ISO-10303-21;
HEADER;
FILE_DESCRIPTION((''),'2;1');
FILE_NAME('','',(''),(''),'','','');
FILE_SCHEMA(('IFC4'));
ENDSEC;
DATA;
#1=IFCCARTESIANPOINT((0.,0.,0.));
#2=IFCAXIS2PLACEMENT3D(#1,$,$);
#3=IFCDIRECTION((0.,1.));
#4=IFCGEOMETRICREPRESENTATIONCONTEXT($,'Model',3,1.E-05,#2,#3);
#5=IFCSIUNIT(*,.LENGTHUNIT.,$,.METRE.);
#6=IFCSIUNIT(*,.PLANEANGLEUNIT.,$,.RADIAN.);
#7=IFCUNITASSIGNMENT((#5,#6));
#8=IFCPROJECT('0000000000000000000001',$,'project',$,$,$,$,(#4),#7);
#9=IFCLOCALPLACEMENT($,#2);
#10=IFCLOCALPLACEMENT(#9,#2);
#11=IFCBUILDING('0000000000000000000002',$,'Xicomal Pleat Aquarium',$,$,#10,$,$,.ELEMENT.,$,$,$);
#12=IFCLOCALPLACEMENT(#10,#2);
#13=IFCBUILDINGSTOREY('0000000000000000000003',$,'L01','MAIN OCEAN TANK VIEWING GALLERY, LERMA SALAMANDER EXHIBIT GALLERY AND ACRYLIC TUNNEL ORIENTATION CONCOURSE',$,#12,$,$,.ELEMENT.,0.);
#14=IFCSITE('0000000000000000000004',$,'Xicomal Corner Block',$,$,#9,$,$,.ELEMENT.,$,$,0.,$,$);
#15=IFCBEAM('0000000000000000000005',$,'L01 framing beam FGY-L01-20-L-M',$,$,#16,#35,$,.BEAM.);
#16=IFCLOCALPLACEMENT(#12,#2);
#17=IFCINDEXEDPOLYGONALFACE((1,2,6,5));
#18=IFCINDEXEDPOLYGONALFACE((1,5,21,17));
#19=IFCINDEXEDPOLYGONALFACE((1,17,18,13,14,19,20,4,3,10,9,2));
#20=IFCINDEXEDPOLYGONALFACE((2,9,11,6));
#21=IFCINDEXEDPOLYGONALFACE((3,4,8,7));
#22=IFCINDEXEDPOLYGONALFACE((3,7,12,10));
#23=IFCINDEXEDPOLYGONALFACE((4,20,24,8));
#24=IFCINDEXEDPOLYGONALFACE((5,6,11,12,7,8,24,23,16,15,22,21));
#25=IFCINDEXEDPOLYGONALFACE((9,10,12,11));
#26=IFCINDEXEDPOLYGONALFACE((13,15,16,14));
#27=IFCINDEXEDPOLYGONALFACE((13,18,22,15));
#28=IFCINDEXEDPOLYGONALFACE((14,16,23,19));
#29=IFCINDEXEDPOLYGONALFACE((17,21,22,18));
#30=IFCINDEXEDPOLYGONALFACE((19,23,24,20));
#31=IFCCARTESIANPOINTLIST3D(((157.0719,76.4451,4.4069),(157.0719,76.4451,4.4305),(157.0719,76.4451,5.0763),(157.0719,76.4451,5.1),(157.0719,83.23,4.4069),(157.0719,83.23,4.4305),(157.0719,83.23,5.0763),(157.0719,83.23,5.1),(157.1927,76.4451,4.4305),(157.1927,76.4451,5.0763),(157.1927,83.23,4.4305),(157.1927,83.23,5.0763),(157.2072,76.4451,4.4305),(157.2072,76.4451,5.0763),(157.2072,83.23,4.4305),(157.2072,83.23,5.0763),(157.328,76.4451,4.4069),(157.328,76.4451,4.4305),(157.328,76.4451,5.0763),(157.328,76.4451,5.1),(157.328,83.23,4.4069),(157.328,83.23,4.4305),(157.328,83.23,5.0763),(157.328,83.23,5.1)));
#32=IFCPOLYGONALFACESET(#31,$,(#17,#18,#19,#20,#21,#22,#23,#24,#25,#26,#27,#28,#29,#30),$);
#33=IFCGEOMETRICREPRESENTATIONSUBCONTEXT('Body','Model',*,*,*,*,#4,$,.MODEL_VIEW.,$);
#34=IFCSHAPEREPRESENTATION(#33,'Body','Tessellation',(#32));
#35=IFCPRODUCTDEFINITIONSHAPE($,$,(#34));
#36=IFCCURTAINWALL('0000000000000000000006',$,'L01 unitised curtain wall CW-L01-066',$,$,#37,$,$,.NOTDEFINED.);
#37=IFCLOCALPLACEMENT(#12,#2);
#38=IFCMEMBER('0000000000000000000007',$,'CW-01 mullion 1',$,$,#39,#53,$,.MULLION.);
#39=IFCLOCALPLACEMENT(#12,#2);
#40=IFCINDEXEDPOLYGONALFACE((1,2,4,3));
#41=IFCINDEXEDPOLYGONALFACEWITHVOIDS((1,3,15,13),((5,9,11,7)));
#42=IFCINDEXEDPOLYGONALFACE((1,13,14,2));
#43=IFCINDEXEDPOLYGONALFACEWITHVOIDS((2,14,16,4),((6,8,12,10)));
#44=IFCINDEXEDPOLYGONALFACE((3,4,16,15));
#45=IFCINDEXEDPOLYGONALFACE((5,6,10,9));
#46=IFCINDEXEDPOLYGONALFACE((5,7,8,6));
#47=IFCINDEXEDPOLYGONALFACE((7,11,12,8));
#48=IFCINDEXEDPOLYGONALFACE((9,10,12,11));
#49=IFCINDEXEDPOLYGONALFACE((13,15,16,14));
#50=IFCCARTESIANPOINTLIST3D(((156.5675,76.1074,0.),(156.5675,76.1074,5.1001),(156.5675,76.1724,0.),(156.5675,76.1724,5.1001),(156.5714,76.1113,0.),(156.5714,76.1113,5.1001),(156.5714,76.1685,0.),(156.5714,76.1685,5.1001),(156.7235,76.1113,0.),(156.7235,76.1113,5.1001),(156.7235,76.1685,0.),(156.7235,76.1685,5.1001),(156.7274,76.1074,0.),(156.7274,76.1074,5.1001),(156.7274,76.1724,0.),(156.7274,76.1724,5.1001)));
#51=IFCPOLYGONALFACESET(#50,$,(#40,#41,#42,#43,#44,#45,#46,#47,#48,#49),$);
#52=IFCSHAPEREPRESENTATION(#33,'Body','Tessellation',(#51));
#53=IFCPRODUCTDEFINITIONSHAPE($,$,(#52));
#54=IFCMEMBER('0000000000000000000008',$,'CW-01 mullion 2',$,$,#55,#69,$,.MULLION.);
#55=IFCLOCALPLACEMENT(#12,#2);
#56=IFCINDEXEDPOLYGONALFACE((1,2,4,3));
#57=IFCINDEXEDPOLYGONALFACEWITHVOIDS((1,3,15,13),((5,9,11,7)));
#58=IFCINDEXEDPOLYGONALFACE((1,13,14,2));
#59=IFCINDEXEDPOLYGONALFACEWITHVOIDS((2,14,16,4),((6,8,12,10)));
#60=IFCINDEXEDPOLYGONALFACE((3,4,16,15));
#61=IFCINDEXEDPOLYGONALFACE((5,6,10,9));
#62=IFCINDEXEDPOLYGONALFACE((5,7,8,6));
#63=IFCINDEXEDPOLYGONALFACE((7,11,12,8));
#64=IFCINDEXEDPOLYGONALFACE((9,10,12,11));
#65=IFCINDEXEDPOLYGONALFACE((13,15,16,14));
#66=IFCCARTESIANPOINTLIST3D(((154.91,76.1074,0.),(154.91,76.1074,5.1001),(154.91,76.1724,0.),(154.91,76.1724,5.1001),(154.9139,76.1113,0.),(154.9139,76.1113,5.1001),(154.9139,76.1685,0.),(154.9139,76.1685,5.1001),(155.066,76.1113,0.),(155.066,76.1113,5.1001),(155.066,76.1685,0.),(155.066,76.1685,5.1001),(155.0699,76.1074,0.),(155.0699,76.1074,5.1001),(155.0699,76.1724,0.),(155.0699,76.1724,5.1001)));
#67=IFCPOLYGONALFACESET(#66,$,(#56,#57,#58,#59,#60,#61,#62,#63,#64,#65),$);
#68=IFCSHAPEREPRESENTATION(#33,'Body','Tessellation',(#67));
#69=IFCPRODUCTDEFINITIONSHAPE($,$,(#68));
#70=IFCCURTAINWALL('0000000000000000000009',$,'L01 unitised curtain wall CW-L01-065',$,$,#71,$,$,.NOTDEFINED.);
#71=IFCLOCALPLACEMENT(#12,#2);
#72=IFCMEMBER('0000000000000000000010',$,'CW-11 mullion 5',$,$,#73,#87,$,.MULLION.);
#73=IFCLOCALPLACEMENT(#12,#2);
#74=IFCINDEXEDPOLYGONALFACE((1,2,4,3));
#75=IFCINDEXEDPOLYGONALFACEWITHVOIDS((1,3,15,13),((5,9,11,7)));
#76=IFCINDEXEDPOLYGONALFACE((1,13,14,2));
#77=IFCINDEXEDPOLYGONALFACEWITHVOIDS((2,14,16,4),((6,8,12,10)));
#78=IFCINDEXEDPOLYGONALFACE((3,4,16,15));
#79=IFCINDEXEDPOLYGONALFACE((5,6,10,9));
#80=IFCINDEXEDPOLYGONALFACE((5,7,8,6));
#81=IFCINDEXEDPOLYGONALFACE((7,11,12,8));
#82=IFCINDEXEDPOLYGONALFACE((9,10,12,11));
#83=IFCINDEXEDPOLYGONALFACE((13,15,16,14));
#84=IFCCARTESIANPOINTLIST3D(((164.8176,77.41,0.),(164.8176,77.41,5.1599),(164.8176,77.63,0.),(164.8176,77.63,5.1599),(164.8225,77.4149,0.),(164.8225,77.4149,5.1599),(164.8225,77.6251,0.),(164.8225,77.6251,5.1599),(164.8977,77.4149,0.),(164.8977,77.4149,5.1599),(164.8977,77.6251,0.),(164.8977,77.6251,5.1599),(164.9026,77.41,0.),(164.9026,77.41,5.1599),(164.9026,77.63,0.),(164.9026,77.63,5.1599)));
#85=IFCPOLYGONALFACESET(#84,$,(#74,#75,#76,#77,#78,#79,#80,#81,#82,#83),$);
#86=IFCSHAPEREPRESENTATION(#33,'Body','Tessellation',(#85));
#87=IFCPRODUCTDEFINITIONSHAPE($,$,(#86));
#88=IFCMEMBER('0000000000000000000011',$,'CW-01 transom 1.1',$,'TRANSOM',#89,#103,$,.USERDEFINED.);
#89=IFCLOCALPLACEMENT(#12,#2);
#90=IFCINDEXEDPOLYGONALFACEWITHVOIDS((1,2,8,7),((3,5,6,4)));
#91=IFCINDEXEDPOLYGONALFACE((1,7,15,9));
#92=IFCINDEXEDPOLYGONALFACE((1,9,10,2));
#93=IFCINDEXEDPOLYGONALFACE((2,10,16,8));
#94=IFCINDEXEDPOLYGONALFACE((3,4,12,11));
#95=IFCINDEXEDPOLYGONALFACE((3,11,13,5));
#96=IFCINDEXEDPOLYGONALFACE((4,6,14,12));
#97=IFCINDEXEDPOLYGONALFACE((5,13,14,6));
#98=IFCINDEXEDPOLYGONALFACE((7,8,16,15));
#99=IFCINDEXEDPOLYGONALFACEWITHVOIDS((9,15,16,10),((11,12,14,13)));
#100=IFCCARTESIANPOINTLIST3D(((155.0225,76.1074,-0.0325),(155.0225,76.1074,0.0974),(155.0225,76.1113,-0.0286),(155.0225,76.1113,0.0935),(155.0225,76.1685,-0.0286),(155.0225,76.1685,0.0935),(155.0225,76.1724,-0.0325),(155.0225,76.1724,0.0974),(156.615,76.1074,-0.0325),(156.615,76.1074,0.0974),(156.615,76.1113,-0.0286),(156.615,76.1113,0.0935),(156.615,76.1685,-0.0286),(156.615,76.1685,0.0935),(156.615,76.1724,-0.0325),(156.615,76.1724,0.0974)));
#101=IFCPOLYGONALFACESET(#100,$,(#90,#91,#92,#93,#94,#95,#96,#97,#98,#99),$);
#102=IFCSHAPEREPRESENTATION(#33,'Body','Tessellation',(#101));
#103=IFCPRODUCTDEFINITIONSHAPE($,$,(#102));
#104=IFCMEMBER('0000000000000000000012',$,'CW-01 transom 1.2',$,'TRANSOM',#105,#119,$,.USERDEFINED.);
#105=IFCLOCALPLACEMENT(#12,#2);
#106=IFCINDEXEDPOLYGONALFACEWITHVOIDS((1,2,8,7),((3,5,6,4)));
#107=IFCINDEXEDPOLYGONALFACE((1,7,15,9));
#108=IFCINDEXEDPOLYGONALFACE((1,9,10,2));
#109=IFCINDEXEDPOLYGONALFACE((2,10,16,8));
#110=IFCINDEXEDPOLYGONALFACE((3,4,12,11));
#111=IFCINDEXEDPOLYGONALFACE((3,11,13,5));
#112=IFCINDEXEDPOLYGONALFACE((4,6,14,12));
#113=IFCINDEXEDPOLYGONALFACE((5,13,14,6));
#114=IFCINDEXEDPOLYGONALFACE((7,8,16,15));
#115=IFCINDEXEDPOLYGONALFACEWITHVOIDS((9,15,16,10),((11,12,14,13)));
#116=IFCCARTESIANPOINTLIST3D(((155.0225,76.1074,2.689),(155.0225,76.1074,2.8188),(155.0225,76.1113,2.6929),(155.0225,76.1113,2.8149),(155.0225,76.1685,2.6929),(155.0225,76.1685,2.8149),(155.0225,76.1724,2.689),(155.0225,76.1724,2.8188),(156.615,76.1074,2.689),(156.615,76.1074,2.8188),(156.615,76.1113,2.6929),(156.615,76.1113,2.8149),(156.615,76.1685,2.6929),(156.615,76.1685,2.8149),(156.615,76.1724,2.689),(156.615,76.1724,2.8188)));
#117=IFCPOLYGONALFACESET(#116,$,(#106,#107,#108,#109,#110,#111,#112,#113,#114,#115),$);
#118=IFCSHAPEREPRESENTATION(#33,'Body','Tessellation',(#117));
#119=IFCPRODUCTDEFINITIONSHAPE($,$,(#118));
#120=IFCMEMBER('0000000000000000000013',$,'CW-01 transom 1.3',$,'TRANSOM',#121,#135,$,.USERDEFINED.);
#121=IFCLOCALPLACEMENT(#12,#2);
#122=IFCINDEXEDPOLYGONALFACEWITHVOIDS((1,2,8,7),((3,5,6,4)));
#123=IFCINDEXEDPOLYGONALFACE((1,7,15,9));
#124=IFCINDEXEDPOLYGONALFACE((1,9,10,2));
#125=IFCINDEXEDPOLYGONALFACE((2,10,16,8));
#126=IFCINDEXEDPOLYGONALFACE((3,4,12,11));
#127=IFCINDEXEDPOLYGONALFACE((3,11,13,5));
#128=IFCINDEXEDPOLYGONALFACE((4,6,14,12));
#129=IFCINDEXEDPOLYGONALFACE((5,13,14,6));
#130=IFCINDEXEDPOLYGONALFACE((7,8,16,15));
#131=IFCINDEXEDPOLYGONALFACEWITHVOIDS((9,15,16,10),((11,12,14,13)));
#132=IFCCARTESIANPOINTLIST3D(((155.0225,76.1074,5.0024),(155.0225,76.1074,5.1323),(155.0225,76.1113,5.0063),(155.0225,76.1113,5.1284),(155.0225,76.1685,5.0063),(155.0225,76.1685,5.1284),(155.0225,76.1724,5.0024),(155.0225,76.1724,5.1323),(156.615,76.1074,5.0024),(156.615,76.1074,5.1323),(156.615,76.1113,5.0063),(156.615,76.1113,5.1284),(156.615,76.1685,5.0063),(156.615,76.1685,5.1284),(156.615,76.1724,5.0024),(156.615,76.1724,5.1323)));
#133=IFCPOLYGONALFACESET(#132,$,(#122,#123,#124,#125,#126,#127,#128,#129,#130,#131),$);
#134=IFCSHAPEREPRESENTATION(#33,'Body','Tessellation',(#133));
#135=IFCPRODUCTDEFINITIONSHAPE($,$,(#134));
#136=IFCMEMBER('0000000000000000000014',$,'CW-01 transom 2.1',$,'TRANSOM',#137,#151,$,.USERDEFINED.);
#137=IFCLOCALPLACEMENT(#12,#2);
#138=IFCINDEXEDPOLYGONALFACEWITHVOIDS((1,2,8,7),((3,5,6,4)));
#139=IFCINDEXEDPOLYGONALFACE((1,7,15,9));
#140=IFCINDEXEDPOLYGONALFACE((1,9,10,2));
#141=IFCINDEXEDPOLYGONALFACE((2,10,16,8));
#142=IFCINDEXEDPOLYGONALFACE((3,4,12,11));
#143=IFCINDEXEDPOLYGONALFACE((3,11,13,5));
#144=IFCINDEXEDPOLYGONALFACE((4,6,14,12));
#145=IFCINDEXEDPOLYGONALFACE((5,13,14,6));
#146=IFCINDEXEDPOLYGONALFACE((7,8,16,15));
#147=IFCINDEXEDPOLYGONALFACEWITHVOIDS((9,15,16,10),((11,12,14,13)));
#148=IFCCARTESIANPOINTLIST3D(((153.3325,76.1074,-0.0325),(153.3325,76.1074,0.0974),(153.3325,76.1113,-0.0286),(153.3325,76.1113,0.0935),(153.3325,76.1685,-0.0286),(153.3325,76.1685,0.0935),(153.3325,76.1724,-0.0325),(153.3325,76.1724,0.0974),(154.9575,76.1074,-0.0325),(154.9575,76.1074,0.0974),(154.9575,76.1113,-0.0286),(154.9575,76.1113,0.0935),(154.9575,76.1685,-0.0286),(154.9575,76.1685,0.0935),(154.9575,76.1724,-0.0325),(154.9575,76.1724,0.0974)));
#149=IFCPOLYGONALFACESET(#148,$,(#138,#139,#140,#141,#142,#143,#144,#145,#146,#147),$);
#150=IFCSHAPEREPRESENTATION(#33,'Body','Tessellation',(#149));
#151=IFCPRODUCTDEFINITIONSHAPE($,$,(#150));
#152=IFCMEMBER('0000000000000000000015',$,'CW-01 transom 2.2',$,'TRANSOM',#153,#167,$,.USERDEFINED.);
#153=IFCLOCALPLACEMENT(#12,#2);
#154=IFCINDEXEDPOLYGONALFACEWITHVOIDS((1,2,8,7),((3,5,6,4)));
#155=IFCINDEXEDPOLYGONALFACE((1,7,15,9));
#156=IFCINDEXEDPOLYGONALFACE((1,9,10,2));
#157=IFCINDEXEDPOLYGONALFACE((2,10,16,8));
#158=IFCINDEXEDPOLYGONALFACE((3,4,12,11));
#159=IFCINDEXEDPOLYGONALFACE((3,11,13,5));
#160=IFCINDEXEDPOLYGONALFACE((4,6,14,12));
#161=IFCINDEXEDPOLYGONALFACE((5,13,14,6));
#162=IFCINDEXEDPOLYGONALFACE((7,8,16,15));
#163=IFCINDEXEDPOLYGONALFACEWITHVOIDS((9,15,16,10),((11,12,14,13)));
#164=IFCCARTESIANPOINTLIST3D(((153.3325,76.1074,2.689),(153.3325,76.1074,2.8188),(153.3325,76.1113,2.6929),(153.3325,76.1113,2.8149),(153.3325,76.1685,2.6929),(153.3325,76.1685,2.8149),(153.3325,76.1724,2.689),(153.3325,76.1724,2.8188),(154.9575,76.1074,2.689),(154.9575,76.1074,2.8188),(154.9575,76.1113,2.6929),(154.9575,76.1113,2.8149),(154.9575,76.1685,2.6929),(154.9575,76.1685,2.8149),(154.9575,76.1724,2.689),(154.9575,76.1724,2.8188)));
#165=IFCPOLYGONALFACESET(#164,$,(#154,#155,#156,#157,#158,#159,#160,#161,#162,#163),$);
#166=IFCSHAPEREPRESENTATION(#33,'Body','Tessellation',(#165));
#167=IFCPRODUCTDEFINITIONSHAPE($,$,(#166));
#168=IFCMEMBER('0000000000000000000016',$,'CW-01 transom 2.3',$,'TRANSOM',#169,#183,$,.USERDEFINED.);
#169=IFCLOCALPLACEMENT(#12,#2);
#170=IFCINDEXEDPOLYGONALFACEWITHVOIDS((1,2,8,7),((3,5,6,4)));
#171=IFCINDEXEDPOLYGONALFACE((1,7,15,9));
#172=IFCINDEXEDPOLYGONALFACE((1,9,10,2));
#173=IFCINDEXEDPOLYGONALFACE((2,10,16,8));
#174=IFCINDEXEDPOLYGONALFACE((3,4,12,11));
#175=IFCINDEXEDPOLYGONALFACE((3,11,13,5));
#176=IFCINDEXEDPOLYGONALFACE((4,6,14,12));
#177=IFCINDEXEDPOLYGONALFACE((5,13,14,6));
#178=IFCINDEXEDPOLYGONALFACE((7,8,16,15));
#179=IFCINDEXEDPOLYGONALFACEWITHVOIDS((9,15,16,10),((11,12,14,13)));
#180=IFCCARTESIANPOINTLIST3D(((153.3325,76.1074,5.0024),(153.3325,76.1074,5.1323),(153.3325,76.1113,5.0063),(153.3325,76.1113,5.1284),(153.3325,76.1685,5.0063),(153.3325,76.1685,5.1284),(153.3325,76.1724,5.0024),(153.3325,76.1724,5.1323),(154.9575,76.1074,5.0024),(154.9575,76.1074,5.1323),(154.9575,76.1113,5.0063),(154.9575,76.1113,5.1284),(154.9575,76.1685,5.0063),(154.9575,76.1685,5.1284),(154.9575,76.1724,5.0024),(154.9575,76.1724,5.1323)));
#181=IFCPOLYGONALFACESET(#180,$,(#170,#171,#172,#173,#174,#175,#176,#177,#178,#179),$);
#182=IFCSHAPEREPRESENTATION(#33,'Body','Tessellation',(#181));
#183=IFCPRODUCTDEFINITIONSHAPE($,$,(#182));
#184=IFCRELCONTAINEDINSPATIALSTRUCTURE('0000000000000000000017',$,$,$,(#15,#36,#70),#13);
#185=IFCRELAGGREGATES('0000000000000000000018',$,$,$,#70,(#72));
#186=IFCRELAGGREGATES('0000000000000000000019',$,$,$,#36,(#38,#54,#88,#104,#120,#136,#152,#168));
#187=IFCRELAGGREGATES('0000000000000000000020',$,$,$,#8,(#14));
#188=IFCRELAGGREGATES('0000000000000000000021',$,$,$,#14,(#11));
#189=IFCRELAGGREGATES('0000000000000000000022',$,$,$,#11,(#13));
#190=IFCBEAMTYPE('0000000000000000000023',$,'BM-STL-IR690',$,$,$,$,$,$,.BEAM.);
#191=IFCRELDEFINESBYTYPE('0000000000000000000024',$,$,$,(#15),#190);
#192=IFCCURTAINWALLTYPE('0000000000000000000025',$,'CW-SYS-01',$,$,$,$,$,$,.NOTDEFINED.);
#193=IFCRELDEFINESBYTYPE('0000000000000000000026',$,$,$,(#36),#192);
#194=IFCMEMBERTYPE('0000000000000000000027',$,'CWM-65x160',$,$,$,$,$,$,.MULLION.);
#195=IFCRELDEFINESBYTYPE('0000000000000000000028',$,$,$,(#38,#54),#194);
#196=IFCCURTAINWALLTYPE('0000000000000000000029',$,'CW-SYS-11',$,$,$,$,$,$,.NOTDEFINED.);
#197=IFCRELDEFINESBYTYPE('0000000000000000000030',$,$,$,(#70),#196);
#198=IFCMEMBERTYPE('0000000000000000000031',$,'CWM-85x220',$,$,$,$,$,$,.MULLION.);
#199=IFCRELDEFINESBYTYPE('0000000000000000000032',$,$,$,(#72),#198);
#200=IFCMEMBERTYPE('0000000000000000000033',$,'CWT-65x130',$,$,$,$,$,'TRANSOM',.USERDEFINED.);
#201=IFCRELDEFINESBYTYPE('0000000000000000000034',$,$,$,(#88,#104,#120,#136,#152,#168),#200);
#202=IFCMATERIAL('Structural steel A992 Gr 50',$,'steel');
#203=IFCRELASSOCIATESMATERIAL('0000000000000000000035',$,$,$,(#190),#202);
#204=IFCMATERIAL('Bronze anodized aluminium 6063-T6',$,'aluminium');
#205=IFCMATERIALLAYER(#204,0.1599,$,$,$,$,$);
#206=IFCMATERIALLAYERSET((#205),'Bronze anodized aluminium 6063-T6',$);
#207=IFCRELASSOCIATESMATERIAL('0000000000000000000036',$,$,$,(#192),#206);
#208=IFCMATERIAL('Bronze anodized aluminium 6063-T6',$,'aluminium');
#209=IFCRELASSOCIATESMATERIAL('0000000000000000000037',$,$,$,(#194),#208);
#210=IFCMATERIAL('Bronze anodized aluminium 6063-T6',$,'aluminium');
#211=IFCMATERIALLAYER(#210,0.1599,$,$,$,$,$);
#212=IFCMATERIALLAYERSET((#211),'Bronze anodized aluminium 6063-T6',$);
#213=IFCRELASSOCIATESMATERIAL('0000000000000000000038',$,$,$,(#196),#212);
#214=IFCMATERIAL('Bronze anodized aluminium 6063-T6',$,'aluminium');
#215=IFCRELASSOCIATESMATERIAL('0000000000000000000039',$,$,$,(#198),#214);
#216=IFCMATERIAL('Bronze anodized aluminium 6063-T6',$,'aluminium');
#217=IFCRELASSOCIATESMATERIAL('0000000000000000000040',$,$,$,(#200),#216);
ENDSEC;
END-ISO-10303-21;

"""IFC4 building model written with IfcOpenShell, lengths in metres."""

from ifc_helpers import new_model, si_unit, direction, frame, origin, origin_2d, place, context, subcontext, project, spatial, hollow_rectangle, i_section, extrude, material, layer, layer_set, material_profile, profile_set, type_object, element, aggregate, save


model = new_model("IFC4")

# Units and contexts
model_context = context("Model", 3, precision=1e-05, world=origin(), true_north=direction((0.0, 1.0)))
body_context = subcontext(model_context, "Body", "Model", "MODEL_VIEW")
ifc_project = project(units=[si_unit("LENGTHUNIT", "METRE"), si_unit("PLANEANGLEUNIT", "RADIAN")], contexts=[model_context])

# Site, building, storey
site_placement = place(None, origin())
site = spatial("IfcSite", under=ifc_project, at=site_placement, Name="Xicomal Corner Block", CompositionType="ELEMENT", RefElevation=0.0)
building_placement = place(site_placement, origin())
building = spatial("IfcBuilding", under=site, at=building_placement, Name="Xicomal Pleat Aquarium", CompositionType="ELEMENT")
storey_placement = place(building_placement, origin())
storey = spatial("IfcBuildingStorey", under=building, at=storey_placement, Name="L01", Description="MAIN OCEAN TANK VIEWING GALLERY, LERMA SALAMANDER EXHIBIT GALLERY AND ACRYLIC TUNNEL ORIENTATION CONCOURSE", CompositionType="ELEMENT", Elevation=0.0)

# Beam
ifc_material_1 = material(Name="Structural steel A992 Gr 50", Category="steel")
ifc_material_profile_1 = material_profile(ifc_material_1, i_section(OverallWidth=0.2561, OverallDepth=0.6931, WebThickness=0.0144, FlangeThickness=0.0237, at=origin_2d()), Name="IR 690x170")
ifc_profile_set_1 = profile_set([ifc_material_profile_1], Name="Structural steel A992 Gr 50")
beam_type = type_object("IfcBeamType", Name="BM-STL-IR690", PredefinedType="BEAM", material=ifc_profile_set_1)
beam_placement = place(storey_placement, frame((157.2, 76.4451, 4.7534), z_axis=(0.0, 1.0, 0.0), x_axis=(-1.0, 0.0, 0.0)))
element("IfcBeam", 1, at=beam_placement, inside=storey, type_object=beam_type, Name="L01 framing beam FGY-L01-20-L-M", PredefinedType="BEAM", context=body_context, shape_type="SweptSolid", body=[
    extrude(i_section(OverallWidth=0.2561, OverallDepth=0.6931, WebThickness=0.0144, FlangeThickness=0.0237, at=origin_2d()), origin(), (0.0, 0.0, 1.0), 6.7849),
])

# Curtain wall, members
ifc_material_2 = material(Name="Bronze anodized aluminium 6063-T6", Category="aluminium")
ifc_layer_1 = layer(ifc_material_2, 0.1599)
ifc_layer_set_1 = layer_set([ifc_layer_1], Name="Bronze anodized aluminium 6063-T6")
curtain_wall_type_1 = type_object("IfcCurtainWallType", Name="CW-SYS-01", PredefinedType="NOTDEFINED", material=ifc_layer_set_1)
curtain_wall_1_placement = place(storey_placement, origin())
curtain_wall_1 = element("IfcCurtainWall", 2, at=curtain_wall_1_placement, inside=storey, type_object=curtain_wall_type_1, Name="L01 unitised curtain wall CW-L01-066", PredefinedType="NOTDEFINED")
ifc_material_3 = material(Name="Bronze anodized aluminium 6063-T6", Category="aluminium")
ifc_material_profile_2 = material_profile(ifc_material_3, hollow_rectangle(XDim=0.0649, YDim=0.1599, WallThickness=0.0039, at=origin_2d()), Name="ALU MULL 65x160")
ifc_profile_set_2 = profile_set([ifc_material_profile_2], Name="Bronze anodized aluminium 6063-T6")
member_type_1 = type_object("IfcMemberType", Name="CWM-65x160", PredefinedType="MULLION", material=ifc_profile_set_2)
member_1_placement = place(storey_placement, frame((156.6475, 76.1399, 0.0), z_axis=(0.0, 0.0, 1.0), x_axis=(0.0, -1.0, 0.0)))
member_1 = element("IfcMember", 3, at=member_1_placement, type_object=member_type_1, Name="CW-01 mullion 1", PredefinedType="MULLION", context=body_context, shape_type="SweptSolid", body=[
    extrude(hollow_rectangle(XDim=0.0649, YDim=0.1599, WallThickness=0.0039, at=origin_2d()), origin(), (0.0, 0.0, 1.0), 5.1001),
])
member_2_placement = place(storey_placement, frame((154.99, 76.1399, 0.0), z_axis=(0.0, 0.0, 1.0), x_axis=(0.0, -1.0, 0.0)))
member_2 = element("IfcMember", 4, at=member_2_placement, type_object=member_type_1, Name="CW-01 mullion 2", PredefinedType="MULLION", context=body_context, shape_type="SweptSolid", body=[
    extrude(hollow_rectangle(XDim=0.0649, YDim=0.1599, WallThickness=0.0039, at=origin_2d()), origin(), (0.0, 0.0, 1.0), 5.1001),
])

# Curtain wall, member
ifc_material_4 = material(Name="Bronze anodized aluminium 6063-T6", Category="aluminium")
ifc_layer_2 = layer(ifc_material_4, 0.1599)
ifc_layer_set_2 = layer_set([ifc_layer_2], Name="Bronze anodized aluminium 6063-T6")
curtain_wall_type_2 = type_object("IfcCurtainWallType", Name="CW-SYS-11", PredefinedType="NOTDEFINED", material=ifc_layer_set_2)
curtain_wall_2_placement = place(storey_placement, origin())
curtain_wall_2 = element("IfcCurtainWall", 5, at=curtain_wall_2_placement, inside=storey, type_object=curtain_wall_type_2, Name="L01 unitised curtain wall CW-L01-065", PredefinedType="NOTDEFINED")
ifc_material_5 = material(Name="Bronze anodized aluminium 6063-T6", Category="aluminium")
ifc_material_profile_3 = material_profile(ifc_material_5, hollow_rectangle(XDim=0.085, YDim=0.22, WallThickness=0.0049, at=origin_2d()), Name="ALU MULL 85x220")
ifc_profile_set_3 = profile_set([ifc_material_profile_3], Name="Bronze anodized aluminium 6063-T6")
member_type_2 = type_object("IfcMemberType", Name="CWM-85x220", PredefinedType="MULLION", material=ifc_profile_set_3)
member_3_placement = place(storey_placement, frame((164.8601, 77.52, 0.0), z_axis=(0.0, 0.0, 1.0), x_axis=(1.0, 0.0, 0.0)))
member_3 = element("IfcMember", 6, at=member_3_placement, type_object=member_type_2, Name="CW-11 mullion 5", PredefinedType="MULLION", context=body_context, shape_type="SweptSolid", body=[
    extrude(hollow_rectangle(XDim=0.085, YDim=0.22, WallThickness=0.0049, at=origin_2d()), origin(), (0.0, 0.0, 1.0), 5.1599),
])

# Members
ifc_material_6 = material(Name="Bronze anodized aluminium 6063-T6", Category="aluminium")
ifc_material_profile_4 = material_profile(ifc_material_6, hollow_rectangle(XDim=0.0649, YDim=0.1299, WallThickness=0.0039, at=origin_2d()), Name="ALU TRAN 65x130")
ifc_profile_set_4 = profile_set([ifc_material_profile_4], Name="Bronze anodized aluminium 6063-T6")
member_type_3 = type_object("IfcMemberType", Name="CWT-65x130", ElementType="TRANSOM", PredefinedType="USERDEFINED", material=ifc_profile_set_4)
member_4_placement = place(storey_placement, frame((156.615, 76.1399, 0.0325), z_axis=(-1.0, 0.0, 0.0), x_axis=(0.0, -1.0, 0.0)))
member_4 = element("IfcMember", 7, at=member_4_placement, type_object=member_type_3, Name="CW-01 transom 1.1", ObjectType="TRANSOM", PredefinedType="USERDEFINED", context=body_context, shape_type="SweptSolid", body=[
    extrude(hollow_rectangle(XDim=0.0649, YDim=0.1299, WallThickness=0.0039, at=origin_2d()), origin(), (0.0, 0.0, 1.0), 1.5925),
])
member_5_placement = place(storey_placement, frame((156.615, 76.1399, 2.7539), z_axis=(-1.0, 0.0, 0.0), x_axis=(0.0, -1.0, 0.0)))
member_5 = element("IfcMember", 8, at=member_5_placement, type_object=member_type_3, Name="CW-01 transom 1.2", ObjectType="TRANSOM", PredefinedType="USERDEFINED", context=body_context, shape_type="SweptSolid", body=[
    extrude(hollow_rectangle(XDim=0.0649, YDim=0.1299, WallThickness=0.0039, at=origin_2d()), origin(), (0.0, 0.0, 1.0), 1.5925),
])
member_6_placement = place(storey_placement, frame((156.615, 76.1399, 5.0674), z_axis=(-1.0, 0.0, 0.0), x_axis=(0.0, -1.0, 0.0)))
member_6 = element("IfcMember", 9, at=member_6_placement, type_object=member_type_3, Name="CW-01 transom 1.3", ObjectType="TRANSOM", PredefinedType="USERDEFINED", context=body_context, shape_type="SweptSolid", body=[
    extrude(hollow_rectangle(XDim=0.0649, YDim=0.1299, WallThickness=0.0039, at=origin_2d()), origin(), (0.0, 0.0, 1.0), 1.5925),
])
member_7_placement = place(storey_placement, frame((154.9575, 76.1399, 0.0325), z_axis=(-1.0, 0.0, 0.0), x_axis=(0.0, -1.0, 0.0)))
member_7 = element("IfcMember", 10, at=member_7_placement, type_object=member_type_3, Name="CW-01 transom 2.1", ObjectType="TRANSOM", PredefinedType="USERDEFINED", context=body_context, shape_type="SweptSolid", body=[
    extrude(hollow_rectangle(XDim=0.0649, YDim=0.1299, WallThickness=0.0039, at=origin_2d()), origin(), (0.0, 0.0, 1.0), 1.625),
])
member_8_placement = place(storey_placement, frame((154.9575, 76.1399, 2.7539), z_axis=(-1.0, 0.0, 0.0), x_axis=(0.0, -1.0, 0.0)))
member_8 = element("IfcMember", 11, at=member_8_placement, type_object=member_type_3, Name="CW-01 transom 2.2", ObjectType="TRANSOM", PredefinedType="USERDEFINED", context=body_context, shape_type="SweptSolid", body=[
    extrude(hollow_rectangle(XDim=0.0649, YDim=0.1299, WallThickness=0.0039, at=origin_2d()), origin(), (0.0, 0.0, 1.0), 1.625),
])
member_9_placement = place(storey_placement, frame((154.9575, 76.1399, 5.0674), z_axis=(-1.0, 0.0, 0.0), x_axis=(0.0, -1.0, 0.0)))
member_9 = element("IfcMember", 12, at=member_9_placement, type_object=member_type_3, Name="CW-01 transom 2.3", ObjectType="TRANSOM", PredefinedType="USERDEFINED", context=body_context, shape_type="SweptSolid", body=[
    extrude(hollow_rectangle(XDim=0.0649, YDim=0.1299, WallThickness=0.0039, at=origin_2d()), origin(), (0.0, 0.0, 1.0), 1.625),
])

aggregate(curtain_wall_2, [member_3])
aggregate(curtain_wall_1, [member_1, member_2, member_4, member_5, member_6, member_7, member_8, member_9])

save(model, "model.ifc")
